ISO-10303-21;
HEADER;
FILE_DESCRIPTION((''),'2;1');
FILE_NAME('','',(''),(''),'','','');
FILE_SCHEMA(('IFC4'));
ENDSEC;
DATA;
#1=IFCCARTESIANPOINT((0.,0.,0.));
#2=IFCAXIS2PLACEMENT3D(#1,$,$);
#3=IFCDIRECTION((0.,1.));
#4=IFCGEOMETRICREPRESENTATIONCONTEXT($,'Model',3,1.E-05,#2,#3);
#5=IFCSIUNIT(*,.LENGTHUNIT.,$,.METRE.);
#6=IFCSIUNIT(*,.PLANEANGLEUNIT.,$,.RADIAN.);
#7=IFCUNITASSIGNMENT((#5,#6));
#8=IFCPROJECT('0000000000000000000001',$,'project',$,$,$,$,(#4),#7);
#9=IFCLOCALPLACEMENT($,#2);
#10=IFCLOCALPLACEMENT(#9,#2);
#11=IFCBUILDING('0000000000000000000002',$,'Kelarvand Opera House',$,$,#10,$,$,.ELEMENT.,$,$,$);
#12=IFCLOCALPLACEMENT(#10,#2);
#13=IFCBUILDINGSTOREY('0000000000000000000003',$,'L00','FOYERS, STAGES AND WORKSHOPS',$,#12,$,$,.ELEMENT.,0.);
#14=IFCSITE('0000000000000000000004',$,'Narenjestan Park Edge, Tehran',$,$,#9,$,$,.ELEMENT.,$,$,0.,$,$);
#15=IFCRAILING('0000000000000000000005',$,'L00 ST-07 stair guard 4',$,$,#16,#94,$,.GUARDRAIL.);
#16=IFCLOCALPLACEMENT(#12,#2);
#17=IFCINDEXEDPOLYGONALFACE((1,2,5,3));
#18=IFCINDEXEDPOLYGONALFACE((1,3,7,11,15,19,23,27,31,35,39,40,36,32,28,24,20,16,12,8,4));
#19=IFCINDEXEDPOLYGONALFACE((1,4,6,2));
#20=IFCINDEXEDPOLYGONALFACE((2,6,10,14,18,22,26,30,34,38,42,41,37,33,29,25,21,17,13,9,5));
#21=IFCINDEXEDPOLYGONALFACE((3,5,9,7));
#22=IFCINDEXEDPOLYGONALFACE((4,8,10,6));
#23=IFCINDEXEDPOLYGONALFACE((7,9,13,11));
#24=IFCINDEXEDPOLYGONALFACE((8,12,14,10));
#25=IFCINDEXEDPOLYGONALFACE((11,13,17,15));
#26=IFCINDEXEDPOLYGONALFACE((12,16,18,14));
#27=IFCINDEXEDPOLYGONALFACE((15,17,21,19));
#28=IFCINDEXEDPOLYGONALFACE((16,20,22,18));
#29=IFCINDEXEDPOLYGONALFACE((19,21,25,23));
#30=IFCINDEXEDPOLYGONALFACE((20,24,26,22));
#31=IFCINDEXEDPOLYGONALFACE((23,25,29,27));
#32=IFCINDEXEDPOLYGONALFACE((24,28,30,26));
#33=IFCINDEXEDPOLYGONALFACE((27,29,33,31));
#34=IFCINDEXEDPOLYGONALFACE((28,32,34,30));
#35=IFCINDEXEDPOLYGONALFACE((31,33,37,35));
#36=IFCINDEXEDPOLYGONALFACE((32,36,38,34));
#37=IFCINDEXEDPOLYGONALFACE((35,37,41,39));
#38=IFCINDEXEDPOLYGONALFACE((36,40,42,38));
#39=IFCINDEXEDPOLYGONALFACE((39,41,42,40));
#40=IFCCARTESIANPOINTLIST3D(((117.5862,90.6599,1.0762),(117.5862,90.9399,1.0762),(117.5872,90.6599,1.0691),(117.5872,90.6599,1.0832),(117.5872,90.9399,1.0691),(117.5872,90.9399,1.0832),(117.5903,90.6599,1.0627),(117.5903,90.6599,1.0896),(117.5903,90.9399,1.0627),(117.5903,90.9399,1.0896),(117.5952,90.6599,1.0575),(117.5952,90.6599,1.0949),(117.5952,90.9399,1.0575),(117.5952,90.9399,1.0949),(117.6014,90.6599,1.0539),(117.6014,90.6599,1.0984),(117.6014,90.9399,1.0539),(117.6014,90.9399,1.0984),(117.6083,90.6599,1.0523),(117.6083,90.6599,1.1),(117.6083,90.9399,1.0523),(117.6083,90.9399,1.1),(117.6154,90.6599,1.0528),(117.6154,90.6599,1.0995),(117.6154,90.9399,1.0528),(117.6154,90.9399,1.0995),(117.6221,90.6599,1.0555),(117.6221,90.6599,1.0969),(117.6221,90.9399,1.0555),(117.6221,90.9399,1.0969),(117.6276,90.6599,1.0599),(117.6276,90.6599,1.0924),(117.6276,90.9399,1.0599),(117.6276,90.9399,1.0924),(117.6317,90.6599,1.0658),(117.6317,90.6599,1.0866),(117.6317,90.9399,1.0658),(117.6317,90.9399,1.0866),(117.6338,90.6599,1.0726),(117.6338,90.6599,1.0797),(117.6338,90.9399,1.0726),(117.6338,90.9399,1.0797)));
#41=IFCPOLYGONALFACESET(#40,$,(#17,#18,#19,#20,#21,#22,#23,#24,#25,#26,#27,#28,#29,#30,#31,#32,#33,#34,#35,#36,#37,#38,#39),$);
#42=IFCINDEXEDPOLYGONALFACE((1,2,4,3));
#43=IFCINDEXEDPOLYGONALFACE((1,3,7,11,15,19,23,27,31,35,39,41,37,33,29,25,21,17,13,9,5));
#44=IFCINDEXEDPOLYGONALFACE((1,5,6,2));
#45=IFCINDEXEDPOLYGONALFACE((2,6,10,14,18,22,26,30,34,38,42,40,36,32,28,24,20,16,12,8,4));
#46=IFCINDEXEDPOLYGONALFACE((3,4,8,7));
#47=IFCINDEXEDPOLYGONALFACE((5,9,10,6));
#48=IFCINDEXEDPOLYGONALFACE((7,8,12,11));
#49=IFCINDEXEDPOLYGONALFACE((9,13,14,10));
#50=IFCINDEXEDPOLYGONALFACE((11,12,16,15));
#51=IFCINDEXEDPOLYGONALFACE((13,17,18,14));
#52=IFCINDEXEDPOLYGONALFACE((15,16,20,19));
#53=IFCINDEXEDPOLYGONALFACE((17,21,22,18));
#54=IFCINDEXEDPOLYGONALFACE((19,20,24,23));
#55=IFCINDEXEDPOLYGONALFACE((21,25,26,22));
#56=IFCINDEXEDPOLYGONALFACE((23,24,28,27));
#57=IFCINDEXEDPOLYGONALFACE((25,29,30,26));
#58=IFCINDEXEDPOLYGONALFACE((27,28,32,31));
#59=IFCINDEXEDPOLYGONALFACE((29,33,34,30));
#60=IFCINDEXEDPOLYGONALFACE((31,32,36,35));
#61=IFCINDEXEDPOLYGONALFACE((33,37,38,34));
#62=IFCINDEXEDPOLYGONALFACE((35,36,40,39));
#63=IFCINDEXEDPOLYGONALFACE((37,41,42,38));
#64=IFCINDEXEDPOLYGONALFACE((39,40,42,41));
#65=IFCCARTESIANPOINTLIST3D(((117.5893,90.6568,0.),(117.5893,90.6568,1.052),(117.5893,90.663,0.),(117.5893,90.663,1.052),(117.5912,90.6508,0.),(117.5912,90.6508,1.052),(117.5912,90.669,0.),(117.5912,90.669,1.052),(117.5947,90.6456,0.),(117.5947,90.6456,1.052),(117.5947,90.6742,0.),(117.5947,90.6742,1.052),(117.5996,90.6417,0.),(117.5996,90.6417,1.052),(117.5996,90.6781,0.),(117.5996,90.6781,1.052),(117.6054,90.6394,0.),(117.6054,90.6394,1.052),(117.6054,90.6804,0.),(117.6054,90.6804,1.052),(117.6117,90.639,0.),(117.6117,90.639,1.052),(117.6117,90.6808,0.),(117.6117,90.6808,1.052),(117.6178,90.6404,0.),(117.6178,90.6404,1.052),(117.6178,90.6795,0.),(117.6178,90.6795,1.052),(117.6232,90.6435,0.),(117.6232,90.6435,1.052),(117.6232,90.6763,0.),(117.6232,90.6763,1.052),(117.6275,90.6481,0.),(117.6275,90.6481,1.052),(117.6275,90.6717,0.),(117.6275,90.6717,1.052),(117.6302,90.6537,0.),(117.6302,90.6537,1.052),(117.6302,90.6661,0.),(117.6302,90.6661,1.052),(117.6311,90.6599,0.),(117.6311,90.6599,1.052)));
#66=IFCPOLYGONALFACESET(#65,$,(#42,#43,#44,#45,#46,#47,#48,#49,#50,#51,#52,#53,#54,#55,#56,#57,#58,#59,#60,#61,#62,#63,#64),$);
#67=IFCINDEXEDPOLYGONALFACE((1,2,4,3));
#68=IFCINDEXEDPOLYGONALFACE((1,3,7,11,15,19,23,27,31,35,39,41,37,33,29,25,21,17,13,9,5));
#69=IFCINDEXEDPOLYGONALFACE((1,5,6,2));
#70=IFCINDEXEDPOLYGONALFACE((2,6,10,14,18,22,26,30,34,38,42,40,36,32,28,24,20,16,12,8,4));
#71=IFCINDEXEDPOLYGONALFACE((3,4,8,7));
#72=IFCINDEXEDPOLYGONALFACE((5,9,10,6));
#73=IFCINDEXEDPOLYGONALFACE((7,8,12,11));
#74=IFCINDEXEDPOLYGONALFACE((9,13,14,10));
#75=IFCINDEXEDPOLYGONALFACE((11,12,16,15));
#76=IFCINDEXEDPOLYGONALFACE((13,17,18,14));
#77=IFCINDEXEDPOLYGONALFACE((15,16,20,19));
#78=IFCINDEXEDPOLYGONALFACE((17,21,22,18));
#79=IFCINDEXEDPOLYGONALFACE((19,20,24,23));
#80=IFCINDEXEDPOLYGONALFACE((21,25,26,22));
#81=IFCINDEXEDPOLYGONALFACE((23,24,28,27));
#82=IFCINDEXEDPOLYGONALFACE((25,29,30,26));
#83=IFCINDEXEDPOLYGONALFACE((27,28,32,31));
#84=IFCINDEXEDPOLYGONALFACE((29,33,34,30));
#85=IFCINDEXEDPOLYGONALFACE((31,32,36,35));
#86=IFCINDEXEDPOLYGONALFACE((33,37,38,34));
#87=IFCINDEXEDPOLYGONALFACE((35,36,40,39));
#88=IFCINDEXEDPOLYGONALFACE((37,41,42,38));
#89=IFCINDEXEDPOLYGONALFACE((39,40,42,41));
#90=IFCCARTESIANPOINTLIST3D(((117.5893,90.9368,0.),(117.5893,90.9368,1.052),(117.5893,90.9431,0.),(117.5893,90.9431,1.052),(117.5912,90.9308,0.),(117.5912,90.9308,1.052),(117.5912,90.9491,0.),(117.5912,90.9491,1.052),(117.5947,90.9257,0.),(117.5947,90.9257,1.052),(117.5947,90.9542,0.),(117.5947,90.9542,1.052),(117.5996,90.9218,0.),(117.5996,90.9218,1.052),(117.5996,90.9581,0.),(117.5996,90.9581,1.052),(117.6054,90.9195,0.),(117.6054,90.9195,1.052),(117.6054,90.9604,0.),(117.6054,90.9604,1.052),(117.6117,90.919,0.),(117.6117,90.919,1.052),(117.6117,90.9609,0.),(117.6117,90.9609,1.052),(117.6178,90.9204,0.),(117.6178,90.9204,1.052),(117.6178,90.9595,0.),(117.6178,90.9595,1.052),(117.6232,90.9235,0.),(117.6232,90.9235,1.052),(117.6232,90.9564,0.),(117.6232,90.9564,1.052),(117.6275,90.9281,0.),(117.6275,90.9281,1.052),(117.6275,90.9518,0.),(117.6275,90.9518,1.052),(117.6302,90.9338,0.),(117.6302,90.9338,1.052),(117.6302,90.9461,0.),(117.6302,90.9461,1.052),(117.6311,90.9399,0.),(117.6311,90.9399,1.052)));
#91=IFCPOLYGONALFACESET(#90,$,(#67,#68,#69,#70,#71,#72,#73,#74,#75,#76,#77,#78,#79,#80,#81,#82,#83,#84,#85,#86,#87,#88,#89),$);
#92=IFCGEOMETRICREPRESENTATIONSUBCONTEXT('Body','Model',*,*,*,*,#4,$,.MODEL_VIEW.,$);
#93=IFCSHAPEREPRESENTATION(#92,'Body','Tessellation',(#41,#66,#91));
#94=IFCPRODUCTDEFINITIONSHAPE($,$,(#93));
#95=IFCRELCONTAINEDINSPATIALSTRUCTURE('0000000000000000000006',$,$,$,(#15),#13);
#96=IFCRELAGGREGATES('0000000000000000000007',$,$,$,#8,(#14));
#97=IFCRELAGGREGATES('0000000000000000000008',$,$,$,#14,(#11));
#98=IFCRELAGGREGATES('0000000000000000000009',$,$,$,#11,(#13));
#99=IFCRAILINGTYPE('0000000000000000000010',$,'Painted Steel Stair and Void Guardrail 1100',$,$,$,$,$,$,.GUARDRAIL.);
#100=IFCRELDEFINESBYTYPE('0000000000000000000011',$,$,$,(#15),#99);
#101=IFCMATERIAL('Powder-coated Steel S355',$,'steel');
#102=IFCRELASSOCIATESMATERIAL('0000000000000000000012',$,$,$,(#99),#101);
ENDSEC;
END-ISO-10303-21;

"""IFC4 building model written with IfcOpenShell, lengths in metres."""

from ifc_helpers import new_model, si_unit, direction, frame, origin, origin_2d, place, context, subcontext, project, spatial, circle, extrude, material, type_object, element, save


model = new_model("IFC4")

# Units and contexts
model_context = context("Model", 3, precision=1e-05, world=origin(), true_north=direction((0.0, 1.0)))
body_context = subcontext(model_context, "Body", "Model", "MODEL_VIEW")
ifc_project = project(units=[si_unit("LENGTHUNIT", "METRE"), si_unit("PLANEANGLEUNIT", "RADIAN")], contexts=[model_context])

# Site, building, storey
site_placement = place(None, origin())
site = spatial("IfcSite", under=ifc_project, at=site_placement, Name="Narenjestan Park Edge, Tehran", CompositionType="ELEMENT", RefElevation=0.0)
building_placement = place(site_placement, origin())
building = spatial("IfcBuilding", under=site, at=building_placement, Name="Kelarvand Opera House", CompositionType="ELEMENT")
storey_placement = place(building_placement, origin())
storey = spatial("IfcBuildingStorey", under=building, at=storey_placement, Name="L00", Description="FOYERS, STAGES AND WORKSHOPS", CompositionType="ELEMENT", Elevation=0.0)

# Railing
ifc_material_1 = material(Name="Powder-coated Steel S355", Category="steel")
railing_type_1 = type_object("IfcRailingType", Name="Painted Steel Stair and Void Guardrail 1100", PredefinedType="GUARDRAIL", material=ifc_material_1)
railing_1_placement = place(storey_placement, frame((117.6101, 90.6599, 0.0)))
element("IfcRailing", 1, at=railing_1_placement, inside=storey, type_object=railing_type_1, Name="L00 ST-07 stair guard 4", PredefinedType="GUARDRAIL", context=body_context, shape_type="SweptSolid", body=[
    extrude(circle(Radius=0.0239, at=origin_2d()), frame((0.0, 0.0, 1.0762), z_axis=(0.0, 1.0, 0.0), x_axis=(-1.0, 0.0, 0.0)), (0.0, 0.0, 1.0), 0.28),
    extrude(circle(Radius=0.021, at=origin_2d()), origin(), (0.0, 0.0, 1.0), 1.052),
    extrude(circle(Radius=0.021, at=origin_2d()), frame((0.0, 0.28, 0.0)), (0.0, 0.0, 1.0), 1.052),
])

save(model, "model.ifc")
